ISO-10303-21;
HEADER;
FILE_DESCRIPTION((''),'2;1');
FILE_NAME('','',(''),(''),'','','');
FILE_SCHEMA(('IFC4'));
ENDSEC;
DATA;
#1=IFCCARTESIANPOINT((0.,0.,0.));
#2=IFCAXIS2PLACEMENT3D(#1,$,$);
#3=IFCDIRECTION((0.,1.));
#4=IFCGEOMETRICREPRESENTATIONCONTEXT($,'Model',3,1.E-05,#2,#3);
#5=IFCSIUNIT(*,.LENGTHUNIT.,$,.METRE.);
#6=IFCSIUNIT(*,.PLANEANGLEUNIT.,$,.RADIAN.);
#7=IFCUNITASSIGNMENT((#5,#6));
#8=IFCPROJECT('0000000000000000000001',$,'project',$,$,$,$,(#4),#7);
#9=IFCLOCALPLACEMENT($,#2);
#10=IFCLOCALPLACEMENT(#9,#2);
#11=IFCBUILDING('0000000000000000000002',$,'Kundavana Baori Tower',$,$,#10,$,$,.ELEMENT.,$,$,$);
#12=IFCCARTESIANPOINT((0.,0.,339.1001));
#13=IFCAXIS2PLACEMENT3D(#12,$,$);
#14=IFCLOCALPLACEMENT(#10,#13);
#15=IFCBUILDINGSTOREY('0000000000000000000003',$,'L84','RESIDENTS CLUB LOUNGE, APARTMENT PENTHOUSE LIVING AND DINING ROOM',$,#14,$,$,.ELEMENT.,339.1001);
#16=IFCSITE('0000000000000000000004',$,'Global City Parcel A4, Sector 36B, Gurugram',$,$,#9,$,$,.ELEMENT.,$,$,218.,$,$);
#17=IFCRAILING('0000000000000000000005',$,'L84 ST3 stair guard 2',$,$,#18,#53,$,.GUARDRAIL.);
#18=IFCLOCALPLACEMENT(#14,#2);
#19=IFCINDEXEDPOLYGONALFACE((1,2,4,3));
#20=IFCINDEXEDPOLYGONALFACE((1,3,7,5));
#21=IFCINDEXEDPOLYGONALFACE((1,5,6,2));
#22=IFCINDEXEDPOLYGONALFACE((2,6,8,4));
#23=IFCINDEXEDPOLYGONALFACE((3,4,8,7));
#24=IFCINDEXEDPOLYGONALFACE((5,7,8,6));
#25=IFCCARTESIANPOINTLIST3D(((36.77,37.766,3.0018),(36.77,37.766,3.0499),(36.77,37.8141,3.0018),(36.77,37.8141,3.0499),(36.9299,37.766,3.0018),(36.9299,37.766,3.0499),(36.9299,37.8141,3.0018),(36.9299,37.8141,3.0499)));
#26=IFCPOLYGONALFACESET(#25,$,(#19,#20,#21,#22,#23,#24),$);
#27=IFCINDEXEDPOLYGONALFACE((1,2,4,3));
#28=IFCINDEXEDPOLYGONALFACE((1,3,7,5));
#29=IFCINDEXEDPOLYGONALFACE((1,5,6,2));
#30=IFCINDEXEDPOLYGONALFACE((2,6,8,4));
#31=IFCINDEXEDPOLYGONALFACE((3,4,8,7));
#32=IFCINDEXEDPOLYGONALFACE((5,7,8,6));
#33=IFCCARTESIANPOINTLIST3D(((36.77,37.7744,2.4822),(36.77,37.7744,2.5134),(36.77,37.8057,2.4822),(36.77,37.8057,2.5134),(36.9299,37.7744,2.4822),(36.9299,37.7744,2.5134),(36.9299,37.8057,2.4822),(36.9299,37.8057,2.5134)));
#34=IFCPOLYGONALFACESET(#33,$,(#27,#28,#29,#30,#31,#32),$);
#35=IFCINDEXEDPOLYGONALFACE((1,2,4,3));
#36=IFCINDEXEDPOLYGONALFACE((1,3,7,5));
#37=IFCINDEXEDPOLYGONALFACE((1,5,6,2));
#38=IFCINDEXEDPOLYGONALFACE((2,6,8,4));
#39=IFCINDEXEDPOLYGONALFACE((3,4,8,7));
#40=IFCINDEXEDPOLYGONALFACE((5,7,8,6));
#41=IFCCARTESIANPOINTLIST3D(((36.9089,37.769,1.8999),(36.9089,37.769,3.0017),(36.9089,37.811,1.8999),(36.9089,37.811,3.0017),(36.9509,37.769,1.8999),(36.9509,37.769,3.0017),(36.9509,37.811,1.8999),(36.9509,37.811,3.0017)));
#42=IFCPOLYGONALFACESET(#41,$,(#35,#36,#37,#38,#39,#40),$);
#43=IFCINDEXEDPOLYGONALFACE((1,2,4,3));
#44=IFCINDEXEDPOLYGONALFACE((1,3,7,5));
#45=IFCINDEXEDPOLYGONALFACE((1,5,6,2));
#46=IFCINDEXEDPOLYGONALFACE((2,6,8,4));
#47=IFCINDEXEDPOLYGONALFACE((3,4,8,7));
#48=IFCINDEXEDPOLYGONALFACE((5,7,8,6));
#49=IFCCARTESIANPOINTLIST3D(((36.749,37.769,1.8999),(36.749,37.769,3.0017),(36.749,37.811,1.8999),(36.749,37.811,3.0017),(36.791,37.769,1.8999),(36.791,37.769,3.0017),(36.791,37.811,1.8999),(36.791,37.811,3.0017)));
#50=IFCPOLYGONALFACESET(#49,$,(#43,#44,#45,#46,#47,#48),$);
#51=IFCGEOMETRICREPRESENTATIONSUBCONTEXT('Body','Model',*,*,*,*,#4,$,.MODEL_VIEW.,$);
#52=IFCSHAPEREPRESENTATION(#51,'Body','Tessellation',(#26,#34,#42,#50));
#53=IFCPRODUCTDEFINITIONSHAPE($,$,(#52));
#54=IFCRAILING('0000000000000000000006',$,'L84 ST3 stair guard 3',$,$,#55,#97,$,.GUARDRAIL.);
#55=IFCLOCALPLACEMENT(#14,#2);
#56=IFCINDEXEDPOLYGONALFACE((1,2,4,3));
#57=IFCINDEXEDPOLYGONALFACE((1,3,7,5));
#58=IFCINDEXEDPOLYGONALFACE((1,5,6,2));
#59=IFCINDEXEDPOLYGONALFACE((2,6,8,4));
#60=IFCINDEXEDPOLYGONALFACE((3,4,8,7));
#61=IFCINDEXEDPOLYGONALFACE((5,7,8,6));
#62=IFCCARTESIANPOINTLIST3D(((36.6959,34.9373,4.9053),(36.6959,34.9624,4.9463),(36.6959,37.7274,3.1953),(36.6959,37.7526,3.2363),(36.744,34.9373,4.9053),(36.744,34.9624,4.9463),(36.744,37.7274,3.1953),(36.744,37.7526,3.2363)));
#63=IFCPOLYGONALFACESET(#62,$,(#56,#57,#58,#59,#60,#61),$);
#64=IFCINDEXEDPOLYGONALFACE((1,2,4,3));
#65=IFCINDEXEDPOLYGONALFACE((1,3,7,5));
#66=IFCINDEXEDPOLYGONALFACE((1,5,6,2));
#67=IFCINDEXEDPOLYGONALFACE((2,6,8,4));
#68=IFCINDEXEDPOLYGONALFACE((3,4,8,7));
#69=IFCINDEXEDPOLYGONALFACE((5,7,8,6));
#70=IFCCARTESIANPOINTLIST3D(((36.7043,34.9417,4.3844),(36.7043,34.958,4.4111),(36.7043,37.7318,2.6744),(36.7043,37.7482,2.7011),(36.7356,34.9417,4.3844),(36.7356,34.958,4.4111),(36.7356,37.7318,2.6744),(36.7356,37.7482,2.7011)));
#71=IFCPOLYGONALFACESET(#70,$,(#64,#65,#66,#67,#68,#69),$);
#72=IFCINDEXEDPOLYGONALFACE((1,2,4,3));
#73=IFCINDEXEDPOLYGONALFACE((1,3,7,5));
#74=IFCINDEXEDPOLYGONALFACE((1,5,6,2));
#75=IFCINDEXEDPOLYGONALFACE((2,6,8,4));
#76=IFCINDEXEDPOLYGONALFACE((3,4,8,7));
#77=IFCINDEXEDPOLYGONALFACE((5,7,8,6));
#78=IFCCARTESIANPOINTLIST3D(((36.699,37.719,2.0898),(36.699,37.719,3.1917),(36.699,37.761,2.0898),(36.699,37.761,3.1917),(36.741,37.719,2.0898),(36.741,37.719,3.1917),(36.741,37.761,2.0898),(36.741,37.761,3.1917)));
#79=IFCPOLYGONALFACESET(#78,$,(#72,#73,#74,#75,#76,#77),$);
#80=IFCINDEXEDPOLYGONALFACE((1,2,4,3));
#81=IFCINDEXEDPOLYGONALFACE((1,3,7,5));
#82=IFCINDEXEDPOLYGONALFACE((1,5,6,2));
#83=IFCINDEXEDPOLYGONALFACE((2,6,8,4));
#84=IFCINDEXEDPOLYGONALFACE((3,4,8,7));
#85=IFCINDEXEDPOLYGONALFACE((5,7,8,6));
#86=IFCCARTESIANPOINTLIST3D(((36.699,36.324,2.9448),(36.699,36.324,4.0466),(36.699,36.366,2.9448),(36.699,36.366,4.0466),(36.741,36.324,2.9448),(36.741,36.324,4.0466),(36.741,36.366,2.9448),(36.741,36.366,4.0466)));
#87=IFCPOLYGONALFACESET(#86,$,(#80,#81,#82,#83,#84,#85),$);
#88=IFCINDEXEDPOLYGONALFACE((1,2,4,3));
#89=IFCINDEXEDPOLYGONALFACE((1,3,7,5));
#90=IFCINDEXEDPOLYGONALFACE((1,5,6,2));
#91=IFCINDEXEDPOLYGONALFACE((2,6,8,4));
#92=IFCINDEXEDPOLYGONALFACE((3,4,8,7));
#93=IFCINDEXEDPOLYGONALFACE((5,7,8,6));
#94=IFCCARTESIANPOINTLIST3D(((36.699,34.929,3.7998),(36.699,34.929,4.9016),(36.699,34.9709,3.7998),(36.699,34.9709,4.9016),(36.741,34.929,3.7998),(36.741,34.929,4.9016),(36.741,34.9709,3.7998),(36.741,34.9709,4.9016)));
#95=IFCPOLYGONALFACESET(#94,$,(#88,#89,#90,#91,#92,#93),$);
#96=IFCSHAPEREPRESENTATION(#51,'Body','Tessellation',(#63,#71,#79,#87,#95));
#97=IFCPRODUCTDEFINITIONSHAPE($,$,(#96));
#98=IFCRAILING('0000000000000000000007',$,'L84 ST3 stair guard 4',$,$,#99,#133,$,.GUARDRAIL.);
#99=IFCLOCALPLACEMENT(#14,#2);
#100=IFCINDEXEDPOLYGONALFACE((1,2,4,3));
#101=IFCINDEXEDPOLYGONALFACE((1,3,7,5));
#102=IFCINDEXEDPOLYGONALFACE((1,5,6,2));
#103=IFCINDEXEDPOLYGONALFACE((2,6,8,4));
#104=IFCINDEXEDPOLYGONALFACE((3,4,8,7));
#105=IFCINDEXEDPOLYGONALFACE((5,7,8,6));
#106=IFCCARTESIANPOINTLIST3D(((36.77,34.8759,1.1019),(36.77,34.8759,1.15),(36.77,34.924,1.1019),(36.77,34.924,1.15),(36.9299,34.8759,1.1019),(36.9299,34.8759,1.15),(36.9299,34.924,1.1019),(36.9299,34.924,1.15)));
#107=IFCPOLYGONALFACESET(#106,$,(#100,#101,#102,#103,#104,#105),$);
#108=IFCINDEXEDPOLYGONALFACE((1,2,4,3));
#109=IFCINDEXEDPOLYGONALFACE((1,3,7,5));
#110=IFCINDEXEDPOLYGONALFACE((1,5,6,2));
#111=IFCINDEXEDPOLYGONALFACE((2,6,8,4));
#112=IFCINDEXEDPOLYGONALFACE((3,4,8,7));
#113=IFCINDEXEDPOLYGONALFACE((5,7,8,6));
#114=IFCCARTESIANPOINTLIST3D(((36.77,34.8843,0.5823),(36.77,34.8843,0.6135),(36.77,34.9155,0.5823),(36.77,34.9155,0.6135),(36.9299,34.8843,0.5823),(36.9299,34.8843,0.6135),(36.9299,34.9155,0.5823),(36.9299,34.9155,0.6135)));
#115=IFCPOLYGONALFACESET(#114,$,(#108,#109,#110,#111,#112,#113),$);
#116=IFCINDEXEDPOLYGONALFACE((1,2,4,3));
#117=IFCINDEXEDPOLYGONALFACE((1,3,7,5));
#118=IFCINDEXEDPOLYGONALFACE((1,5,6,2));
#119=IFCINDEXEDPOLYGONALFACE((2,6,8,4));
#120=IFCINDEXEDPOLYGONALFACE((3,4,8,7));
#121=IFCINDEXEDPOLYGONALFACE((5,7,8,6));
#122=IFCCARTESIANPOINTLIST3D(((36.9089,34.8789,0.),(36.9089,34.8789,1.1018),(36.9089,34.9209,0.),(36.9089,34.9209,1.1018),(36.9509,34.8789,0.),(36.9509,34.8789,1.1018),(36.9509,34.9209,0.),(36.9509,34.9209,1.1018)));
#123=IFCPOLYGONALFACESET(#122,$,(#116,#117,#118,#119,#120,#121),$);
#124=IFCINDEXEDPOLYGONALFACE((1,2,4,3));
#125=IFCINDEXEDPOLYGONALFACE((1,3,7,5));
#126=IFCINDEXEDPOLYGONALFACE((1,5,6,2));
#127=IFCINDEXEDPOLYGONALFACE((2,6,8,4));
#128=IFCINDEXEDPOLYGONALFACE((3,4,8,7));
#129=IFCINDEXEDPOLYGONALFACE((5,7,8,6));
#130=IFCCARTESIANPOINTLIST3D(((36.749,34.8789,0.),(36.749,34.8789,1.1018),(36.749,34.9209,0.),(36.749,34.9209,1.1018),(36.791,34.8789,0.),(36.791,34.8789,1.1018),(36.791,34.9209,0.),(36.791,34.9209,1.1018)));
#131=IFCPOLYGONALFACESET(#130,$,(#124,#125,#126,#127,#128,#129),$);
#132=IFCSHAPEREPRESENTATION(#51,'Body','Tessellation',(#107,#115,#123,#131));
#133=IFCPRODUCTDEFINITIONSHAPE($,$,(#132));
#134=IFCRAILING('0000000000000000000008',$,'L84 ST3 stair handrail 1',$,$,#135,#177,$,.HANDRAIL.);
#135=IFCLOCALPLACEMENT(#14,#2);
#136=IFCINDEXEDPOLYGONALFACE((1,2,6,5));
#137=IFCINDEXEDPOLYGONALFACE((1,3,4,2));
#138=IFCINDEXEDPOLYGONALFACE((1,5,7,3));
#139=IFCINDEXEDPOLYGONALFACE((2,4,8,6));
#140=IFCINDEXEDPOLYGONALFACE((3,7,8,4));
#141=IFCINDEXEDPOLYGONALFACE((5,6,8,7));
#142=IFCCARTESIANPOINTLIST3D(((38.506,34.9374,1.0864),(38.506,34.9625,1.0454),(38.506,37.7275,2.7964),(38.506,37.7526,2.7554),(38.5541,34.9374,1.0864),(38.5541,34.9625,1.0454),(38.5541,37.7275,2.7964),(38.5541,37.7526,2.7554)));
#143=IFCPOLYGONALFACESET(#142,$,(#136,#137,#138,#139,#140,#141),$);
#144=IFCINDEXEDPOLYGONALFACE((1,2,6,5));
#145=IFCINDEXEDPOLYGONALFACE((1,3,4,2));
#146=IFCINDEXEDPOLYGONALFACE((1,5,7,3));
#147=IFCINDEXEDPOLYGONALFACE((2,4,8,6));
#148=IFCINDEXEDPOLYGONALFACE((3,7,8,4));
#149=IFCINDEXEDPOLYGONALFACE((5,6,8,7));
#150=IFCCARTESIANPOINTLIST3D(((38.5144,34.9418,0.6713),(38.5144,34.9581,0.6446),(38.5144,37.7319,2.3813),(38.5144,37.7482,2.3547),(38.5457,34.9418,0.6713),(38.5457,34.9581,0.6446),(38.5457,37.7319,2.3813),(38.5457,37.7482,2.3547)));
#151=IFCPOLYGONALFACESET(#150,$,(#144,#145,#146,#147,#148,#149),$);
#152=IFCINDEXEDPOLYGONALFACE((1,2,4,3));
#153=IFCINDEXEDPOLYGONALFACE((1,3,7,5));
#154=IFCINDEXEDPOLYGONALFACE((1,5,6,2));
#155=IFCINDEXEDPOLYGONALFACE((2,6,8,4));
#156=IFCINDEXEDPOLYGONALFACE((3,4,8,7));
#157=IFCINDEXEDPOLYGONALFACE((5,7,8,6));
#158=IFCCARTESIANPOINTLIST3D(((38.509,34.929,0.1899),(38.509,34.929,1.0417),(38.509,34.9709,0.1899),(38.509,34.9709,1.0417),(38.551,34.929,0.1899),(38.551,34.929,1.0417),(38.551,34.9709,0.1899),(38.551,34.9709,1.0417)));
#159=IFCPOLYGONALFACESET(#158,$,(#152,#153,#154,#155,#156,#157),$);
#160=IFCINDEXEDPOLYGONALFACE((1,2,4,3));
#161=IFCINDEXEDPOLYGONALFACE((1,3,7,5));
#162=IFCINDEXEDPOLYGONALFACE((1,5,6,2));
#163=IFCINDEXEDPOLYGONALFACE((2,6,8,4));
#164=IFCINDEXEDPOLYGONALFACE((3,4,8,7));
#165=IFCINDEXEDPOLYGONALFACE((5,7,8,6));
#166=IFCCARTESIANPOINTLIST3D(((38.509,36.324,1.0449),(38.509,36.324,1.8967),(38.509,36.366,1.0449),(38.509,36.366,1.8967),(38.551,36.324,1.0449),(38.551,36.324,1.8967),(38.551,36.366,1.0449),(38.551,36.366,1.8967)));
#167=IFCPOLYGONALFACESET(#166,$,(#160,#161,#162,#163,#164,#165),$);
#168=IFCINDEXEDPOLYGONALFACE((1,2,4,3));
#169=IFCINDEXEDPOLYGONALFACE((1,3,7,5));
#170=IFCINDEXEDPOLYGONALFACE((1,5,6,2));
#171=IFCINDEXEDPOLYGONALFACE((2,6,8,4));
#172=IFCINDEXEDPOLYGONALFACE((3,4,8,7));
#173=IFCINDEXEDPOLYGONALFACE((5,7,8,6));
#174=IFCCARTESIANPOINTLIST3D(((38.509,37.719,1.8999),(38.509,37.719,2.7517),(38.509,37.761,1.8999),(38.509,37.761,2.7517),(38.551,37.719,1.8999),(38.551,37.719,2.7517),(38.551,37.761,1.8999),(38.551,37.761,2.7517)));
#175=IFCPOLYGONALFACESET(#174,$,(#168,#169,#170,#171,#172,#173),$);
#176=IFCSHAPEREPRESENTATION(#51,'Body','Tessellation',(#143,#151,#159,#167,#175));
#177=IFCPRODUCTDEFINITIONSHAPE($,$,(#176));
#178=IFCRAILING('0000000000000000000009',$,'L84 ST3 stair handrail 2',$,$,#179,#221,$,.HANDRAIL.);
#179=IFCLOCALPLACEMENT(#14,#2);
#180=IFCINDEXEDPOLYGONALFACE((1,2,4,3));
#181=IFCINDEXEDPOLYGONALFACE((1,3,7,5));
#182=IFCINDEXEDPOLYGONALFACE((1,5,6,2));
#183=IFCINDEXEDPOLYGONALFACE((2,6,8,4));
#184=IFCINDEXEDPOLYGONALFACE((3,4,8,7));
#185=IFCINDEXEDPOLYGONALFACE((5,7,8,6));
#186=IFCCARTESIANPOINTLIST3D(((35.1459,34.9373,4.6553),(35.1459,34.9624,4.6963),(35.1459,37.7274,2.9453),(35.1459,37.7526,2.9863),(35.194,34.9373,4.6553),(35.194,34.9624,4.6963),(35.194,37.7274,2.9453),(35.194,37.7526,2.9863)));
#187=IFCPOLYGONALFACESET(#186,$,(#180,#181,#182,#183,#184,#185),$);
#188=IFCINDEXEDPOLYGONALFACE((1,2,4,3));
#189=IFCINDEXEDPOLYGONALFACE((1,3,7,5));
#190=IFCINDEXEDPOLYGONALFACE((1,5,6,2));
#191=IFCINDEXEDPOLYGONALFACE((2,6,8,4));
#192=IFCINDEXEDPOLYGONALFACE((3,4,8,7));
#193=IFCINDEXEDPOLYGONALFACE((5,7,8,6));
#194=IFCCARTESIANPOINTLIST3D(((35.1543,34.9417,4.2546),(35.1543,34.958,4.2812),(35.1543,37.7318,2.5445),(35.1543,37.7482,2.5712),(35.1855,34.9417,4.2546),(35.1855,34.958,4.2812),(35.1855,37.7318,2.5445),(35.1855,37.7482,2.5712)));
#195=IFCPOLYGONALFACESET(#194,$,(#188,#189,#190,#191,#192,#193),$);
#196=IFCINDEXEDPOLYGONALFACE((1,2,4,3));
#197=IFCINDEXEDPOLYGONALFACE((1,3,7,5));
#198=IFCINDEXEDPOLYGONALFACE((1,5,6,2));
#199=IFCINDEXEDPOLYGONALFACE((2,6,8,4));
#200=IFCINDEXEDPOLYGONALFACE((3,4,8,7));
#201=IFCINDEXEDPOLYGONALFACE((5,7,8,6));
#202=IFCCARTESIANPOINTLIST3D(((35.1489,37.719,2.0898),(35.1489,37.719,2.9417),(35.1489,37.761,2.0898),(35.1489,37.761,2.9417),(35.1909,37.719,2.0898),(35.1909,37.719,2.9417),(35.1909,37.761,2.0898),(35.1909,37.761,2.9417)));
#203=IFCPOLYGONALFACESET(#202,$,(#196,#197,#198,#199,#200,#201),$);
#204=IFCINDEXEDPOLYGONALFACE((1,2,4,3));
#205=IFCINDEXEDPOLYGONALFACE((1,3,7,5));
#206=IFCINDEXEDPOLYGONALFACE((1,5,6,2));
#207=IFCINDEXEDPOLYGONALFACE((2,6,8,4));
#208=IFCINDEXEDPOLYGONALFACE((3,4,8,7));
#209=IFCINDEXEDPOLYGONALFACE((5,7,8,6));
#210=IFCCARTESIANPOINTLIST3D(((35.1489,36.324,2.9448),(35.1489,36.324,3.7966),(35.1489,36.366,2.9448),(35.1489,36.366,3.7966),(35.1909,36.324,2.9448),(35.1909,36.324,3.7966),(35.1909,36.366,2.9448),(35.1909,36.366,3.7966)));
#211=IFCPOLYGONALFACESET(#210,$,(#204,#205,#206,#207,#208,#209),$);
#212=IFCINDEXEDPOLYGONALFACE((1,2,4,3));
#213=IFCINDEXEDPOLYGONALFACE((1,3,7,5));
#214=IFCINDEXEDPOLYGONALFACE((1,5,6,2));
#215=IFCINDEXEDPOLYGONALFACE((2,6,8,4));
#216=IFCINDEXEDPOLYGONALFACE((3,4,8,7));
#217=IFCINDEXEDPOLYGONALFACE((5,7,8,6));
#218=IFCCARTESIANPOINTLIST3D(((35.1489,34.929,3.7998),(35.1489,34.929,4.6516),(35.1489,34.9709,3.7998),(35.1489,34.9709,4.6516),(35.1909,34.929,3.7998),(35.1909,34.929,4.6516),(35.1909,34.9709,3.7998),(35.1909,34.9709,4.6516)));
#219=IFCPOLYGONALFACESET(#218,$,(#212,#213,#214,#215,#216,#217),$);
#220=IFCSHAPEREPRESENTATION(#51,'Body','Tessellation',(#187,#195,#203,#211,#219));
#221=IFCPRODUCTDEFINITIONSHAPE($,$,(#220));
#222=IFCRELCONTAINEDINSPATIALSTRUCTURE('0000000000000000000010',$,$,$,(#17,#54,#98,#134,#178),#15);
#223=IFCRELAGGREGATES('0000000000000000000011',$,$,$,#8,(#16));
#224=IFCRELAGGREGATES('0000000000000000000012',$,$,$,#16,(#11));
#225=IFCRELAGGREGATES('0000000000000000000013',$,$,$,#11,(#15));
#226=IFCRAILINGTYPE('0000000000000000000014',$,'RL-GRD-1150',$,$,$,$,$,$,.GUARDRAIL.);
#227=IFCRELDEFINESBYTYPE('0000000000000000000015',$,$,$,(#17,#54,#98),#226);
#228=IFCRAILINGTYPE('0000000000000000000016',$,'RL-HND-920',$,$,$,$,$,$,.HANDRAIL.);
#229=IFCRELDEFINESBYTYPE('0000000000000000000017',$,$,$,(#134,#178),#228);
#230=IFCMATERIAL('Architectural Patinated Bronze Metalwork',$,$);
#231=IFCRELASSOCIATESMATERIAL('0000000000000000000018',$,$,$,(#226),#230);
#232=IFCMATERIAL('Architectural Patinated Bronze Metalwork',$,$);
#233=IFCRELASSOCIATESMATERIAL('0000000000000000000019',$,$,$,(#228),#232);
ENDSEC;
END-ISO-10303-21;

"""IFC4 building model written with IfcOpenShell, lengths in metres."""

from ifc_helpers import new_model, si_unit, direction, frame, origin, origin_2d, place, context, subcontext, project, spatial, rectangle, extrude, material, type_object, element, save


model = new_model("IFC4")

# Units and contexts
model_context = context("Model", 3, precision=1e-05, world=origin(), true_north=direction((0.0, 1.0)))
body_context = subcontext(model_context, "Body", "Model", "MODEL_VIEW")
ifc_project = project(units=[si_unit("LENGTHUNIT", "METRE"), si_unit("PLANEANGLEUNIT", "RADIAN")], contexts=[model_context])

# Site, building, storey
site_placement = place(None, origin())
site = spatial("IfcSite", under=ifc_project, at=site_placement, Name="Global City Parcel A4, Sector 36B, Gurugram", CompositionType="ELEMENT", RefElevation=218.0)
building_placement = place(site_placement, origin())
building = spatial("IfcBuilding", under=site, at=building_placement, Name="Kundavana Baori Tower", CompositionType="ELEMENT")
storey_placement = place(building_placement, frame((0.0, 0.0, 339.1001)))
storey = spatial("IfcBuildingStorey", under=building, at=storey_placement, Name="L84", Description="RESIDENTS CLUB LOUNGE, APARTMENT PENTHOUSE LIVING AND DINING ROOM", CompositionType="ELEMENT", Elevation=339.1001)

# Railings
ifc_material_1 = material(Name="Architectural Patinated Bronze Metalwork")
railing_type_1 = type_object("IfcRailingType", Name="RL-GRD-1150", PredefinedType="GUARDRAIL", material=ifc_material_1)
railing_1_placement = place(storey_placement, frame((36.9299, 37.79, 1.8999)))
element("IfcRailing", 1, at=railing_1_placement, inside=storey, type_object=railing_type_1, Name="L84 ST3 stair guard 2", PredefinedType="GUARDRAIL", context=body_context, shape_type="SweptSolid", body=[
    extrude(rectangle(XDim=0.0481, YDim=0.0481, at=origin_2d()), frame((0.0, 0.0, 1.126), z_axis=(-1.0, 0.0, 0.0), x_axis=(0.0, -1.0, 0.0)), (0.0, 0.0, 1.0), 0.1599),
    extrude(rectangle(XDim=0.0312, YDim=0.0312, at=origin_2d()), frame((0.0, 0.0, 0.5979), z_axis=(-1.0, 0.0, 0.0), x_axis=(0.0, -1.0, 0.0)), (0.0, 0.0, 1.0), 0.1599),
    extrude(rectangle(XDim=0.042, YDim=0.042, at=origin_2d()), origin(), (0.0, 0.0, 1.0), 1.1018),
    extrude(rectangle(XDim=0.042, YDim=0.042, at=origin_2d()), frame((-0.1599, 0.0, 0.0)), (0.0, 0.0, 1.0), 1.1018),
])
railing_2_placement = place(storey_placement, frame((36.72, 37.74, 2.0898)))
element("IfcRailing", 2, at=railing_2_placement, inside=storey, type_object=railing_type_1, Name="L84 ST3 stair guard 3", PredefinedType="GUARDRAIL", context=body_context, shape_type="SweptSolid", body=[
    extrude(rectangle(XDim=0.0481, YDim=0.0481, at=origin_2d()), frame((0.0, 0.0, 1.126), z_axis=(0.0, -0.85261, 0.522548), x_axis=(1.0, 0.0, 0.0)), (0.0, 0.0, 1.0), 3.2725),
    extrude(rectangle(XDim=0.0312, YDim=0.0312, at=origin_2d()), frame((0.0, 0.0, 0.5979), z_axis=(0.0, -0.85261, 0.522548), x_axis=(1.0, 0.0, 0.0)), (0.0, 0.0, 1.0), 3.2725),
    extrude(rectangle(XDim=0.042, YDim=0.042, at=origin_2d()), origin(), (0.0, 0.0, 1.0), 1.1018),
    extrude(rectangle(XDim=0.042, YDim=0.042, at=origin_2d()), frame((0.0, -1.395, 0.855)), (0.0, 0.0, 1.0), 1.1018),
    extrude(rectangle(XDim=0.042, YDim=0.042, at=origin_2d()), frame((0.0, -2.79, 1.71)), (0.0, 0.0, 1.0), 1.1018),
])
railing_3_placement = place(storey_placement, frame((36.9299, 34.8999, 0.0)))
element("IfcRailing", 3, at=railing_3_placement, inside=storey, type_object=railing_type_1, Name="L84 ST3 stair guard 4", PredefinedType="GUARDRAIL", context=body_context, shape_type="SweptSolid", body=[
    extrude(rectangle(XDim=0.0481, YDim=0.0481, at=origin_2d()), frame((0.0, 0.0, 1.126), z_axis=(-1.0, 0.0, 0.0), x_axis=(0.0, -1.0, 0.0)), (0.0, 0.0, 1.0), 0.1599),
    extrude(rectangle(XDim=0.0312, YDim=0.0312, at=origin_2d()), frame((0.0, 0.0, 0.5979), z_axis=(-1.0, 0.0, 0.0), x_axis=(0.0, -1.0, 0.0)), (0.0, 0.0, 1.0), 0.1599),
    extrude(rectangle(XDim=0.042, YDim=0.042, at=origin_2d()), origin(), (0.0, 0.0, 1.0), 1.1018),
    extrude(rectangle(XDim=0.042, YDim=0.042, at=origin_2d()), frame((-0.1599, 0.0, 0.0)), (0.0, 0.0, 1.0), 1.1018),
])
ifc_material_2 = material(Name="Architectural Patinated Bronze Metalwork")
railing_type_2 = type_object("IfcRailingType", Name="RL-HND-920", PredefinedType="HANDRAIL", material=ifc_material_2)
railing_4_placement = place(storey_placement, frame((38.53, 34.95, 0.1899)))
element("IfcRailing", 4, at=railing_4_placement, inside=storey, type_object=railing_type_2, Name="L84 ST3 stair handrail 1", PredefinedType="HANDRAIL", context=body_context, shape_type="SweptSolid", body=[
    extrude(rectangle(XDim=0.0481, YDim=0.0481, at=origin_2d()), frame((0.0, 0.0, 0.876), z_axis=(0.0, 0.85261, 0.522548), x_axis=(-1.0, 0.0, 0.0)), (0.0, 0.0, 1.0), 3.2725),
    extrude(rectangle(XDim=0.0312, YDim=0.0312, at=origin_2d()), frame((0.0, 0.0, 0.468), z_axis=(0.0, 0.85261, 0.522548), x_axis=(-1.0, 0.0, 0.0)), (0.0, 0.0, 1.0), 3.2725),
    extrude(rectangle(XDim=0.042, YDim=0.042, at=origin_2d()), origin(), (0.0, 0.0, 1.0), 0.8518),
    extrude(rectangle(XDim=0.042, YDim=0.042, at=origin_2d()), frame((0.0, 1.395, 0.855)), (0.0, 0.0, 1.0), 0.8518),
    extrude(rectangle(XDim=0.042, YDim=0.042, at=origin_2d()), frame((0.0, 2.79, 1.71)), (0.0, 0.0, 1.0), 0.8518),
])
railing_5_placement = place(storey_placement, frame((35.1699, 37.74, 2.0898)))
element("IfcRailing", 5, at=railing_5_placement, inside=storey, type_object=railing_type_2, Name="L84 ST3 stair handrail 2", PredefinedType="HANDRAIL", context=body_context, shape_type="SweptSolid", body=[
    extrude(rectangle(XDim=0.0481, YDim=0.0481, at=origin_2d()), frame((0.0, 0.0, 0.876), z_axis=(0.0, -0.85261, 0.522548), x_axis=(1.0, 0.0, 0.0)), (0.0, 0.0, 1.0), 3.2725),
    extrude(rectangle(XDim=0.0312, YDim=0.0312, at=origin_2d()), frame((0.0, 0.0, 0.468), z_axis=(0.0, -0.85261, 0.522548), x_axis=(1.0, 0.0, 0.0)), (0.0, 0.0, 1.0), 3.2725),
    extrude(rectangle(XDim=0.042, YDim=0.042, at=origin_2d()), origin(), (0.0, 0.0, 1.0), 0.8518),
    extrude(rectangle(XDim=0.042, YDim=0.042, at=origin_2d()), frame((0.0, -1.395, 0.855)), (0.0, 0.0, 1.0), 0.8518),
    extrude(rectangle(XDim=0.042, YDim=0.042, at=origin_2d()), frame((0.0, -2.79, 1.71)), (0.0, 0.0, 1.0), 0.8518),
])

save(model, "model.ifc")
